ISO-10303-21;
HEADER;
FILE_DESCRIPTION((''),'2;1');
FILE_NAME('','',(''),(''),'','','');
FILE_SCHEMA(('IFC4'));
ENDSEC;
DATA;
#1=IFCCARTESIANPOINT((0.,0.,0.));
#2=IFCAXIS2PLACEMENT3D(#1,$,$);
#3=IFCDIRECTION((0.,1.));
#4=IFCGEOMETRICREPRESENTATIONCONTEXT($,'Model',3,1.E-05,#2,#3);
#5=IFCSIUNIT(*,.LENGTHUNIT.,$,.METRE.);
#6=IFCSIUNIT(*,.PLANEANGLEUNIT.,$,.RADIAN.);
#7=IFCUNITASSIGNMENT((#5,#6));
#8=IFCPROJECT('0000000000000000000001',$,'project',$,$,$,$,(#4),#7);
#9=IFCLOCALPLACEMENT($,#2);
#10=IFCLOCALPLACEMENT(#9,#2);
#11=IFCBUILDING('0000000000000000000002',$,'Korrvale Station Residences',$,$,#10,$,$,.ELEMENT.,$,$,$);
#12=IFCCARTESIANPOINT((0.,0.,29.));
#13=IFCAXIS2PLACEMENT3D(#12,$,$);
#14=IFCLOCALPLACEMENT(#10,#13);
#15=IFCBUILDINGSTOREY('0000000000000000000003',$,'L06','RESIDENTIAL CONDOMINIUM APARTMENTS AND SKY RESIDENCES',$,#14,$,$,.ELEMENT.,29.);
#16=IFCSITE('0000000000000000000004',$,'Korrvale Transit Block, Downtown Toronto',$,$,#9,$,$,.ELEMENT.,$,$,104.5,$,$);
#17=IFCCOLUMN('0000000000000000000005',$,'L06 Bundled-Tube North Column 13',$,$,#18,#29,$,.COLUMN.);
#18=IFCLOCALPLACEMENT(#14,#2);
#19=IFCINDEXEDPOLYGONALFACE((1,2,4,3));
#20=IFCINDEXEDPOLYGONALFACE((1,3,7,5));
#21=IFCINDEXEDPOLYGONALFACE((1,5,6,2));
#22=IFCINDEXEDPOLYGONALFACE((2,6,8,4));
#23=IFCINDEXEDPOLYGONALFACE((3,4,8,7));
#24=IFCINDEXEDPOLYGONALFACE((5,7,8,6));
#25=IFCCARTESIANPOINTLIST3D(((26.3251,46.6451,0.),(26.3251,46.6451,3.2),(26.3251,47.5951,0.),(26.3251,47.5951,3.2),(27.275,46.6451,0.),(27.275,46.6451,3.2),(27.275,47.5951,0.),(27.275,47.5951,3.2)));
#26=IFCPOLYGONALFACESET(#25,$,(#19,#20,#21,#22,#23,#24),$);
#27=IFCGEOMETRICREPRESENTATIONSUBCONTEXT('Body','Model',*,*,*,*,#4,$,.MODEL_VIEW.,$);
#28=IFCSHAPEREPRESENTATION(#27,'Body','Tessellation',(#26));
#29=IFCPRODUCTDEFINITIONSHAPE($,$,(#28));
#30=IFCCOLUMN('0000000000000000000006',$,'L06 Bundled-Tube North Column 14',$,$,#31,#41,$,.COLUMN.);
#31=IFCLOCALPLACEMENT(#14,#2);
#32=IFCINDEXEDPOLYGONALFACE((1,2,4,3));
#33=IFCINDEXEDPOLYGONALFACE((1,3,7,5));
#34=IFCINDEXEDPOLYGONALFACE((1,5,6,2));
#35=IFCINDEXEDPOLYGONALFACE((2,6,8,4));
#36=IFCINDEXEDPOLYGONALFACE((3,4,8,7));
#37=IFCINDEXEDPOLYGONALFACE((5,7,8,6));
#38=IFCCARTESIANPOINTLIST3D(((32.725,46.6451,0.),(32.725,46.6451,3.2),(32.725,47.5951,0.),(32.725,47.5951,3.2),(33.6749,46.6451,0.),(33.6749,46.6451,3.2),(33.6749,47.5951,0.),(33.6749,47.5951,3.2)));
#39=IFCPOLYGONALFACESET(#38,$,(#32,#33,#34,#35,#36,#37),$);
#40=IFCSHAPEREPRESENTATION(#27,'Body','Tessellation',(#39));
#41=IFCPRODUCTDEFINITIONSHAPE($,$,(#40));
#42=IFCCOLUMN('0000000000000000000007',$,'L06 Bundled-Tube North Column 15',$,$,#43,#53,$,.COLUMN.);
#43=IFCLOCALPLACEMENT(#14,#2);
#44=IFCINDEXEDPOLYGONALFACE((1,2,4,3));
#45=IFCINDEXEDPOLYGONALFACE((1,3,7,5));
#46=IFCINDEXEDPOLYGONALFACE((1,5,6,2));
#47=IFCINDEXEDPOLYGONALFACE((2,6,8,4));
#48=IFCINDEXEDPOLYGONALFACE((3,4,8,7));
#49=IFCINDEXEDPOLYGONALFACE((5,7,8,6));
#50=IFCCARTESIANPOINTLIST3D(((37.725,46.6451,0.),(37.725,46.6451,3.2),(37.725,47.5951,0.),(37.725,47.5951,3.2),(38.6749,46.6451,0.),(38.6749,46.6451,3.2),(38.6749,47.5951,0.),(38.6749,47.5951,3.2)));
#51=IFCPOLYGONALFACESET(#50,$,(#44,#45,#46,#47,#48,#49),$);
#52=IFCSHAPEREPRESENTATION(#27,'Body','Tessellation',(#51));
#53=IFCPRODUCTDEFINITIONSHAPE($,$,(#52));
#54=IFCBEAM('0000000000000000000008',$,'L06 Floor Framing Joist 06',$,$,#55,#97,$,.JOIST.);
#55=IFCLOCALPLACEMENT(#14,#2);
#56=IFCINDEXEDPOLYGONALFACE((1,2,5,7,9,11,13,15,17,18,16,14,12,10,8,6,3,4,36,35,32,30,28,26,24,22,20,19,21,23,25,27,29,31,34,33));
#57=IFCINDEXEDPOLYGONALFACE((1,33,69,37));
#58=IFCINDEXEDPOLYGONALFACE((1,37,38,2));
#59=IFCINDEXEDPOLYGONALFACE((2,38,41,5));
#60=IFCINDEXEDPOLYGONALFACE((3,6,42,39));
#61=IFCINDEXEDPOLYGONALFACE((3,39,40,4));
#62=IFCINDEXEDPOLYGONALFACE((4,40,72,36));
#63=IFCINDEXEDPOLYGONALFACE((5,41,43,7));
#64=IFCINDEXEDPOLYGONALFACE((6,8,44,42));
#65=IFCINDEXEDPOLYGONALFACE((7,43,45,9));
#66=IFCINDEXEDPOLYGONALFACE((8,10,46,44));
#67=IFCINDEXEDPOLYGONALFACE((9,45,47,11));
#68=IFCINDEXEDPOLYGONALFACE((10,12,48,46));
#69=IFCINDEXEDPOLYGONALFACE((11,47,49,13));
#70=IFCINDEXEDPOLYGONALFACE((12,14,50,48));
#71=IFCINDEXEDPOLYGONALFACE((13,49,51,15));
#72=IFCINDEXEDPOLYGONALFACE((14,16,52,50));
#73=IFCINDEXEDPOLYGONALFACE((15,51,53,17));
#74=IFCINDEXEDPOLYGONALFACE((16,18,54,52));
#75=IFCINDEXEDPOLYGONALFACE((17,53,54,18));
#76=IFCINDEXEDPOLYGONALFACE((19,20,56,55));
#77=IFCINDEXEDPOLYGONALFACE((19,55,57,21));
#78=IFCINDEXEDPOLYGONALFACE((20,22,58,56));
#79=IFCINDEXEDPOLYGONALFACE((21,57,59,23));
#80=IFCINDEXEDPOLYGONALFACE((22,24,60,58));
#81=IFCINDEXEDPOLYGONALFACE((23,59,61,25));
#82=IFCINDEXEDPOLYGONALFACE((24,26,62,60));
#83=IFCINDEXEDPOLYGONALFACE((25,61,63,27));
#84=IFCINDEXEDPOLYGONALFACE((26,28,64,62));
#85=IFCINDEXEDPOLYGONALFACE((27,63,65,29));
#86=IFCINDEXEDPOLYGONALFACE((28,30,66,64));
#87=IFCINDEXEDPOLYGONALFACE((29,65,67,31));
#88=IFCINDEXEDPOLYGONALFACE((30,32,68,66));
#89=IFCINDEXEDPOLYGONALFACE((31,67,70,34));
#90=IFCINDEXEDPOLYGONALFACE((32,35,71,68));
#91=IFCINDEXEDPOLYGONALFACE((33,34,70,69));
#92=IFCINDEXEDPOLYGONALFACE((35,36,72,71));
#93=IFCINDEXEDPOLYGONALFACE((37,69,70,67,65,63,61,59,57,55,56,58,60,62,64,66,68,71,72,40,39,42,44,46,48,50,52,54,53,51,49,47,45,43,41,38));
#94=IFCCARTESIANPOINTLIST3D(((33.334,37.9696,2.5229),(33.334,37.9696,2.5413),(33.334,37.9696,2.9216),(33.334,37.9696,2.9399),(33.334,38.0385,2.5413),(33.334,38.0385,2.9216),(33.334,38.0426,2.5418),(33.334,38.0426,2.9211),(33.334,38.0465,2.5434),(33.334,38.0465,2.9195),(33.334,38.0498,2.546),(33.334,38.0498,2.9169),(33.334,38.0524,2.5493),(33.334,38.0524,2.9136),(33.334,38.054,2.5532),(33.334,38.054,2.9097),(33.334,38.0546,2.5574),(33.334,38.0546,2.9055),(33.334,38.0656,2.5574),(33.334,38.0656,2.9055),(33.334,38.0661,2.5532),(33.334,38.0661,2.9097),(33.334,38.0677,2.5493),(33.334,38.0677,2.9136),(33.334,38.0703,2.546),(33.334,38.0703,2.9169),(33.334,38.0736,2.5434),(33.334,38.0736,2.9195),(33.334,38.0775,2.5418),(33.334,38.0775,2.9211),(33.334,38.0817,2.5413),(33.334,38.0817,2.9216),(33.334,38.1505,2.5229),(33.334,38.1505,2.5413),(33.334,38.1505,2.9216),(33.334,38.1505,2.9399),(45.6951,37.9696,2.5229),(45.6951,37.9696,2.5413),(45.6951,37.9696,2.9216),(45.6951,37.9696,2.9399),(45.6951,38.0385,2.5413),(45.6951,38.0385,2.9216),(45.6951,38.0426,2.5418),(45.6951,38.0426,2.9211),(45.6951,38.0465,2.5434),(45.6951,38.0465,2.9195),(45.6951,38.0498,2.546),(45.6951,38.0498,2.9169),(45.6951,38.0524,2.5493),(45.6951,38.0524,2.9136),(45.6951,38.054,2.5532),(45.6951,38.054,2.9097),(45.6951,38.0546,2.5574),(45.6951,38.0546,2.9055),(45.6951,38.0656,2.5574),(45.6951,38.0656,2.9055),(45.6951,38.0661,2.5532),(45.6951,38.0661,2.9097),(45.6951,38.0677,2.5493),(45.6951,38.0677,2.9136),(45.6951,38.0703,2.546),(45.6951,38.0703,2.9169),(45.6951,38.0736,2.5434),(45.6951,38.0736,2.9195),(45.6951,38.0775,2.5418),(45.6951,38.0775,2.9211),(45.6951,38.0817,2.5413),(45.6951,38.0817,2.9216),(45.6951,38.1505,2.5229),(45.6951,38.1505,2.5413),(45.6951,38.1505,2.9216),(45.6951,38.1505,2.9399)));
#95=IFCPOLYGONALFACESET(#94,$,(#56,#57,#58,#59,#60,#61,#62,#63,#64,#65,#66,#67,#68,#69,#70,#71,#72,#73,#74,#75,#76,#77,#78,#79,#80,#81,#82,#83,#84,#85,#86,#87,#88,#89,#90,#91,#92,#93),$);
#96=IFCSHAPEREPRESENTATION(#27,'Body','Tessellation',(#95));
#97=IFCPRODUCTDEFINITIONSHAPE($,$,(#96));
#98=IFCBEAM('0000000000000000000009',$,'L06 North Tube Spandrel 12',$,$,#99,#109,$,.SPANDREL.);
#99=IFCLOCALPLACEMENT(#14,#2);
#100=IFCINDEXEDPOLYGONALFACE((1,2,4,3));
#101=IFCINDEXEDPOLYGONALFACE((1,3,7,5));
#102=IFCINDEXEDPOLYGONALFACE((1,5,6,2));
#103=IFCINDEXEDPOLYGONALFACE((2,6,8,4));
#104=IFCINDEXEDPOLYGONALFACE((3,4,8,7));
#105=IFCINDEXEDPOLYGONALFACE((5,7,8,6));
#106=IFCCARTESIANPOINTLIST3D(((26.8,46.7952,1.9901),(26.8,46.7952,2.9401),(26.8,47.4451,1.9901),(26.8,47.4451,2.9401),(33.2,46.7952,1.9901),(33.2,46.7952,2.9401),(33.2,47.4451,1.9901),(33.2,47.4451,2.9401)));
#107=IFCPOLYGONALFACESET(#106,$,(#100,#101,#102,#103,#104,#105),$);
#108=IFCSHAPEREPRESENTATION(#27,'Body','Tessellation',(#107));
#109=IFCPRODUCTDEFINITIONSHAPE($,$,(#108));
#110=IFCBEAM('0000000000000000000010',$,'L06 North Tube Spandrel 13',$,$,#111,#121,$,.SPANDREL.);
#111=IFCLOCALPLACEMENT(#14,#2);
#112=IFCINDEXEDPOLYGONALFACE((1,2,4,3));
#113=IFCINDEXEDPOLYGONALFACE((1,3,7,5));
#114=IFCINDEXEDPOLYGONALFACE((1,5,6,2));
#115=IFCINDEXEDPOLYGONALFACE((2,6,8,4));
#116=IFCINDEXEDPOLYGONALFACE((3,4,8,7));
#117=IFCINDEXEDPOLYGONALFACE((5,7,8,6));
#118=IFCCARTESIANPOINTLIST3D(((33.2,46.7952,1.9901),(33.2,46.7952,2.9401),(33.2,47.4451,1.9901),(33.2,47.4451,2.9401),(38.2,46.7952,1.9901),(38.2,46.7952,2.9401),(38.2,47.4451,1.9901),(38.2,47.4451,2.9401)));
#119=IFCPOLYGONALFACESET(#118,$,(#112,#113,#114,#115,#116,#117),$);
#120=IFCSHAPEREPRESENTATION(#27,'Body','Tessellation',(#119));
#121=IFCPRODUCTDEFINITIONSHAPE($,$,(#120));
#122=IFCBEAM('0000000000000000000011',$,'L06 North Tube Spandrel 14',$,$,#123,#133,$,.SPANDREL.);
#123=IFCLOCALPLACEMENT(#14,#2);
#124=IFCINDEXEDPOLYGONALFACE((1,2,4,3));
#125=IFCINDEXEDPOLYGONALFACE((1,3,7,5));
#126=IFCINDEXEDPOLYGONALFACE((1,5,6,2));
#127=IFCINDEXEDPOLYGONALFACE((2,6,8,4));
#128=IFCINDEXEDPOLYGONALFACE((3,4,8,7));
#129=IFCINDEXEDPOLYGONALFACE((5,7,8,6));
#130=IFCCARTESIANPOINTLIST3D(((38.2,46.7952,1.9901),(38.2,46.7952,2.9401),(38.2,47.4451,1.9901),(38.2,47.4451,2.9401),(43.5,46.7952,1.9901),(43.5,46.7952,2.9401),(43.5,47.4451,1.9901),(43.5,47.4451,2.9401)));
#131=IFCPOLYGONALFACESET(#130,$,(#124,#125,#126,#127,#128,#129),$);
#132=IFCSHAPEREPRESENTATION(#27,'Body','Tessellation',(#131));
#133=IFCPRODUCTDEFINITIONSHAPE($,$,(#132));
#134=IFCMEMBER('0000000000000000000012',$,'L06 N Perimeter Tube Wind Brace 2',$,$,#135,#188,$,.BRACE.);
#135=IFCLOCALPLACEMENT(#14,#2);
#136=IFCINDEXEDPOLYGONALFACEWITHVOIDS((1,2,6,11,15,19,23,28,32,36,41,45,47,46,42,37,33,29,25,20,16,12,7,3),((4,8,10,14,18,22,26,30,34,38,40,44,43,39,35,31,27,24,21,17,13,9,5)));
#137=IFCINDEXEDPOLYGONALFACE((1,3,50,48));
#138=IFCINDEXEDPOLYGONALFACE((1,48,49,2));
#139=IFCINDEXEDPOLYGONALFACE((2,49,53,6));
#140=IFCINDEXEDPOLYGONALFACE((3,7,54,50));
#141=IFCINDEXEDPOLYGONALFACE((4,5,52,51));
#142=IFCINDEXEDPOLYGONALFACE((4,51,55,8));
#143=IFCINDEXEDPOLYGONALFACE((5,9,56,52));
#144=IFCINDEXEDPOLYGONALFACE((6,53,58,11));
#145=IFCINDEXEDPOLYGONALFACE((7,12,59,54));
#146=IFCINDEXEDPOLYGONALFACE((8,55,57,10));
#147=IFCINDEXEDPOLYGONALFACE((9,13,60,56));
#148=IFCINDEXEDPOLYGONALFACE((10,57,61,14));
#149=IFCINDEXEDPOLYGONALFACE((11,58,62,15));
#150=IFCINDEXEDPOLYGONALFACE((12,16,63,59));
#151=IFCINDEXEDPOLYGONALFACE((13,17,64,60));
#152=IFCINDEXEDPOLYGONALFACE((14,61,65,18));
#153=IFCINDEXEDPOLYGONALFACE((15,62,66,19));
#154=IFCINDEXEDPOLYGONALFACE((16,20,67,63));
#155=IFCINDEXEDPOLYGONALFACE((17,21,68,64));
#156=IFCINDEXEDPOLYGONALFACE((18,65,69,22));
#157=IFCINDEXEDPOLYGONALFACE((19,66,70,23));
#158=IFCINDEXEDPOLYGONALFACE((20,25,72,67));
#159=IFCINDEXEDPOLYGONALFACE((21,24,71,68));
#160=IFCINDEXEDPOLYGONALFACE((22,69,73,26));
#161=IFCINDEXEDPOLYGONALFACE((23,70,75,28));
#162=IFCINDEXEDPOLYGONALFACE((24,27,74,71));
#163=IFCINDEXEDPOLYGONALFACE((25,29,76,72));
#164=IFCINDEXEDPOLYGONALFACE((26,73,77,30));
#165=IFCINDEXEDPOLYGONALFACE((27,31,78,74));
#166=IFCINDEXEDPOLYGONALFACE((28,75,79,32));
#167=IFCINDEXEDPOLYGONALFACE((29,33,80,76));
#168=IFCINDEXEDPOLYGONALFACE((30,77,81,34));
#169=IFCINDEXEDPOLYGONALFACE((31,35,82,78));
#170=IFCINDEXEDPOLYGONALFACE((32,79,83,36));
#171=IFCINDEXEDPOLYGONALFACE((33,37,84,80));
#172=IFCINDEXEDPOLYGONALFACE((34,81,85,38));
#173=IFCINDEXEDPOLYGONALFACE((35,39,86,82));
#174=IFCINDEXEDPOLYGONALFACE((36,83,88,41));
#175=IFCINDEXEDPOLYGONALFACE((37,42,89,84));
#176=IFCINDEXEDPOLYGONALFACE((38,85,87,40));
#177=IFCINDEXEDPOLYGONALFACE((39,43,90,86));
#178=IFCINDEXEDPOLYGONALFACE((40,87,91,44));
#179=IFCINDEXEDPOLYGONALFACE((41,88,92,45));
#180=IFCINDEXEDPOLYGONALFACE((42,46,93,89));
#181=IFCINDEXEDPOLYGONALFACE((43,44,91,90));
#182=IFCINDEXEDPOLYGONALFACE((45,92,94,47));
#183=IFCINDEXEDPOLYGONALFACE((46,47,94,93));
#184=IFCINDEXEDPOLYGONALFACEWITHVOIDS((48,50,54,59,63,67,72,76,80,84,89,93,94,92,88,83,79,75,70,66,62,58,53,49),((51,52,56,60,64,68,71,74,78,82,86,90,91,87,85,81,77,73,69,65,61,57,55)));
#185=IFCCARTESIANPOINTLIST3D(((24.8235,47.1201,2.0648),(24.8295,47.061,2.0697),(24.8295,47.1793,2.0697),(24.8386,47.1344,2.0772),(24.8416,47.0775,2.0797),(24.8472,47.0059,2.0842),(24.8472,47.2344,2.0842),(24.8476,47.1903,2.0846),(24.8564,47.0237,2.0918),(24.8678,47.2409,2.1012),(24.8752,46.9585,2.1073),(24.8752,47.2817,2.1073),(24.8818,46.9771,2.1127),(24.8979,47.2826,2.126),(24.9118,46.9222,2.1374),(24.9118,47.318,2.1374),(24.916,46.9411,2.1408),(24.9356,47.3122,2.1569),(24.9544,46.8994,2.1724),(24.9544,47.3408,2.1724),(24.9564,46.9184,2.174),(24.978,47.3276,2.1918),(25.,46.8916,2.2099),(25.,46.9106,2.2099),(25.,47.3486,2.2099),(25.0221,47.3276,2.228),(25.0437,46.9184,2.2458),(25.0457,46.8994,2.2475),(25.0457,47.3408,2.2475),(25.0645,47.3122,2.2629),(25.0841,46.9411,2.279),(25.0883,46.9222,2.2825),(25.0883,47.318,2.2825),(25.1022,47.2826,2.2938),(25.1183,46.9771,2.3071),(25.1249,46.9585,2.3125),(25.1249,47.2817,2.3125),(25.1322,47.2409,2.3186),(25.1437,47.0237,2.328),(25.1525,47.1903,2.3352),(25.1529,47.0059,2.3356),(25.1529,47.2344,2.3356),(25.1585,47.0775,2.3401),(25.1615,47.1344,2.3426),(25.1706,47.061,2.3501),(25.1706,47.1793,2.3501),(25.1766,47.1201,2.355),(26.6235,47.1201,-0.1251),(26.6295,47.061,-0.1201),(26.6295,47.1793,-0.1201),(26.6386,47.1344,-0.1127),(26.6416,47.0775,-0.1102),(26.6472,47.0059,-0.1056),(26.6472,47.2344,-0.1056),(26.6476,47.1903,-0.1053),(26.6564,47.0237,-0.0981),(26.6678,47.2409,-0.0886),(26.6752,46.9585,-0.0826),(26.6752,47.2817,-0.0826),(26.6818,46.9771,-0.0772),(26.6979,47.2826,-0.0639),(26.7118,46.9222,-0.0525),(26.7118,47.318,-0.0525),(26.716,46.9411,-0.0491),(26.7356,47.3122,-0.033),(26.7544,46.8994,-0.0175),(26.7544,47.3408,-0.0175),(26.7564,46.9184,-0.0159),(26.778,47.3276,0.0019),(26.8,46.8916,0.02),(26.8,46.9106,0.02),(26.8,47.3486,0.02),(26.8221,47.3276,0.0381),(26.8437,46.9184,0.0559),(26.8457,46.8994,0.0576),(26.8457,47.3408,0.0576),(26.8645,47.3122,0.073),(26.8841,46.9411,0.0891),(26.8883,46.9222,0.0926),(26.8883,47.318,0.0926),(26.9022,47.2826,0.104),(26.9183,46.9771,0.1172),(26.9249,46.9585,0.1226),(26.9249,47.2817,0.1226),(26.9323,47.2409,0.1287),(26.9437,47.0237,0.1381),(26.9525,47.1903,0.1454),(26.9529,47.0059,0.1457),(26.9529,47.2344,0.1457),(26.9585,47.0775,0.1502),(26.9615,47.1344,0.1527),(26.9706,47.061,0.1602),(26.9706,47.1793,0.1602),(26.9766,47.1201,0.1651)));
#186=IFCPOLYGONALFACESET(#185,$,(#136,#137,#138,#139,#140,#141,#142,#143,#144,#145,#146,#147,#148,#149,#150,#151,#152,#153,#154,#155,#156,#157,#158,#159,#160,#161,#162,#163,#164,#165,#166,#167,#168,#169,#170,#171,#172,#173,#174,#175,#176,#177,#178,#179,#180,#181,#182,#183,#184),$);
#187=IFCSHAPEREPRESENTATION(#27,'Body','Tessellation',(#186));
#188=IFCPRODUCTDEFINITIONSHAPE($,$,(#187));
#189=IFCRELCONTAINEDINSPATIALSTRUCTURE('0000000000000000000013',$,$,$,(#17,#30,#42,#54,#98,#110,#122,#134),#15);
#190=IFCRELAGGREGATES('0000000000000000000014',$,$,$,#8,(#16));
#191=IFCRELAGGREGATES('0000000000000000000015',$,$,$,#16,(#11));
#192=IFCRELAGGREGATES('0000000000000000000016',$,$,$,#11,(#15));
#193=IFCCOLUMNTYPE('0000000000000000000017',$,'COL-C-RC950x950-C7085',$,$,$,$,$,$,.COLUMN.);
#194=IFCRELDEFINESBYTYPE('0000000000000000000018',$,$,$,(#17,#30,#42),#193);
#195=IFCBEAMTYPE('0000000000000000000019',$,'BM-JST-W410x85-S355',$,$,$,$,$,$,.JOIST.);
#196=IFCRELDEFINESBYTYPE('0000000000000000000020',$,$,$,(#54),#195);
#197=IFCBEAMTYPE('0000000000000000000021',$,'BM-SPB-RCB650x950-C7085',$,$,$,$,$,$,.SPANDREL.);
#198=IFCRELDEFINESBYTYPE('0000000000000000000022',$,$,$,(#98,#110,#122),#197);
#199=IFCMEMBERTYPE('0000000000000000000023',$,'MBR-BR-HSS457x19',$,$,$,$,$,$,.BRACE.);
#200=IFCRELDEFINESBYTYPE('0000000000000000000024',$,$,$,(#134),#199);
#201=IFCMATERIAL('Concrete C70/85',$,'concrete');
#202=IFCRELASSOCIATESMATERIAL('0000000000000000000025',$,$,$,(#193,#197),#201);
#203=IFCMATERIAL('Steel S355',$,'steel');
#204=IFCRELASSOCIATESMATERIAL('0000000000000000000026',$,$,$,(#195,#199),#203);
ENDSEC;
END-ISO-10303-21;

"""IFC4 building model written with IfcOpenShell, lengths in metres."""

from ifc_helpers import new_model, si_unit, direction, frame, origin, origin_2d, place, context, subcontext, project, spatial, rectangle, hollow_circle, i_section, extrude, material, material_profile, profile_set, type_object, element, save


model = new_model("IFC4")

# Units and contexts
model_context = context("Model", 3, precision=1e-05, world=origin(), true_north=direction((0.0, 1.0)))
body_context = subcontext(model_context, "Body", "Model", "MODEL_VIEW")
ifc_project = project(units=[si_unit("LENGTHUNIT", "METRE"), si_unit("PLANEANGLEUNIT", "RADIAN")], contexts=[model_context])

# Site, building, storey
site_placement = place(None, origin())
site = spatial("IfcSite", under=ifc_project, at=site_placement, Name="Korrvale Transit Block, Downtown Toronto", CompositionType="ELEMENT", RefElevation=104.5)
building_placement = place(site_placement, origin())
building = spatial("IfcBuilding", under=site, at=building_placement, Name="Korrvale Station Residences", CompositionType="ELEMENT")
storey_placement = place(building_placement, frame((0.0, 0.0, 29.0)))
storey = spatial("IfcBuildingStorey", under=building, at=storey_placement, Name="L06", Description="RESIDENTIAL CONDOMINIUM APARTMENTS AND SKY RESIDENCES", CompositionType="ELEMENT", Elevation=29.0)

# Columns
ifc_material_1 = material(Name="Concrete C70/85", Category="concrete")
ifc_material_profile_1 = material_profile(ifc_material_1, rectangle(XDim=0.95, YDim=0.95, at=origin_2d()), Name="RC950x950")
ifc_profile_set_1 = profile_set([ifc_material_profile_1], Name="Concrete C70/85")
column_type = type_object("IfcColumnType", Name="COL-C-RC950x950-C7085", PredefinedType="COLUMN", material=ifc_profile_set_1)
for number, where, z_axis, x_axis, name in (
    (1, (26.8, 47.1201, 0.0), (0.0, 0.0, 1.0), (1.0, 0.0, 0.0), "L06 Bundled-Tube North Column 13"),
    (2, (33.2, 47.1201, 0.0), (0.0, 0.0, 1.0), (1.0, 0.0, 0.0), "L06 Bundled-Tube North Column 14"),
    (3, (38.2, 47.1201, 0.0), (0.0, 0.0, 1.0), (1.0, 0.0, 0.0), "L06 Bundled-Tube North Column 15"),
):
    element("IfcColumn", number, at=place(storey_placement, frame(where, z_axis=z_axis, x_axis=x_axis)), inside=storey, type_object=column_type, Name=name, PredefinedType="COLUMN", context=body_context, shape_type="SweptSolid", body=[
        extrude(rectangle(XDim=0.95, YDim=0.95, at=origin_2d()), origin(), (0.0, 0.0, 1.0), 3.2),
    ])

# Beams
ifc_material_2 = material(Name="Steel S355", Category="steel")
ifc_material_profile_2 = material_profile(ifc_material_2, i_section(OverallWidth=0.1809, OverallDepth=0.417, WebThickness=0.011, FlangeThickness=0.0183, FilletRadius=0.0161, at=origin_2d()), Name="W410x85")
ifc_profile_set_2 = profile_set([ifc_material_profile_2], Name="Steel S355")
beam_type_1 = type_object("IfcBeamType", Name="BM-JST-W410x85-S355", PredefinedType="JOIST", material=ifc_profile_set_2)
beam_1_placement = place(storey_placement, frame((33.334, 38.0601, 2.7314), z_axis=(1.0, 0.0, 0.0), x_axis=(0.0, 1.0, 0.0)))
element("IfcBeam", 4, at=beam_1_placement, inside=storey, type_object=beam_type_1, Name="L06 Floor Framing Joist 06", PredefinedType="JOIST", context=body_context, shape_type="SweptSolid", body=[
    extrude(i_section(OverallWidth=0.1809, OverallDepth=0.417, WebThickness=0.011, FlangeThickness=0.0183, FilletRadius=0.0161, at=origin_2d()), origin(), (0.0, 0.0, 1.0), 12.3611),
])
ifc_material_profile_3 = material_profile(ifc_material_1, rectangle(XDim=0.6499, YDim=0.95, at=origin_2d()), Name="RCB650x950")
ifc_profile_set_3 = profile_set([ifc_material_profile_3], Name="Concrete C70/85")
beam_type_2 = type_object("IfcBeamType", Name="BM-SPB-RCB650x950-C7085", PredefinedType="SPANDREL", material=ifc_profile_set_3)
beam_2_placement = place(storey_placement, frame((26.8, 47.1201, 2.4651), z_axis=(1.0, 0.0, 0.0), x_axis=(0.0, 1.0, 0.0)))
element("IfcBeam", 5, at=beam_2_placement, inside=storey, type_object=beam_type_2, Name="L06 North Tube Spandrel 12", PredefinedType="SPANDREL", context=body_context, shape_type="SweptSolid", body=[
    extrude(rectangle(XDim=0.6499, YDim=0.95, at=origin_2d()), origin(), (0.0, 0.0, 1.0), 6.3999),
])
beam_3_placement = place(storey_placement, frame((33.2, 47.1201, 2.4651), z_axis=(1.0, 0.0, 0.0), x_axis=(0.0, 1.0, 0.0)))
element("IfcBeam", 6, at=beam_3_placement, inside=storey, type_object=beam_type_2, Name="L06 North Tube Spandrel 13", PredefinedType="SPANDREL", context=body_context, shape_type="SweptSolid", body=[
    extrude(rectangle(XDim=0.6499, YDim=0.95, at=origin_2d()), origin(), (0.0, 0.0, 1.0), 5.0),
])
beam_4_placement = place(storey_placement, frame((38.2, 47.1201, 2.4651), z_axis=(1.0, 0.0, 0.0), x_axis=(0.0, 1.0, 0.0)))
element("IfcBeam", 7, at=beam_4_placement, inside=storey, type_object=beam_type_2, Name="L06 North Tube Spandrel 14", PredefinedType="SPANDREL", context=body_context, shape_type="SweptSolid", body=[
    extrude(rectangle(XDim=0.6499, YDim=0.95, at=origin_2d()), origin(), (0.0, 0.0, 1.0), 5.3),
])

# Member
ifc_material_profile_4 = material_profile(ifc_material_2, hollow_circle(Radius=0.2285, WallThickness=0.019, at=origin_2d()), Name="HSS457x19")
ifc_profile_set_4 = profile_set([ifc_material_profile_4], Name="Steel S355")
member_type = type_object("IfcMemberType", Name="MBR-BR-HSS457x19", PredefinedType="BRACE", material=ifc_profile_set_4)
member_placement = place(storey_placement, frame((26.8, 47.1201, 0.02), z_axis=(-0.634985, 0.0, 0.772524), x_axis=(0.0, -1.0, 0.0)))
element("IfcMember", 8, at=member_placement, inside=storey, type_object=member_type, Name="L06 N Perimeter Tube Wind Brace 2", PredefinedType="BRACE", context=body_context, shape_type="SweptSolid", body=[
    extrude(hollow_circle(Radius=0.2285, WallThickness=0.019, at=origin_2d()), origin(), (0.0, 0.0, 1.0), 2.8347),
])

save(model, "model.ifc")
